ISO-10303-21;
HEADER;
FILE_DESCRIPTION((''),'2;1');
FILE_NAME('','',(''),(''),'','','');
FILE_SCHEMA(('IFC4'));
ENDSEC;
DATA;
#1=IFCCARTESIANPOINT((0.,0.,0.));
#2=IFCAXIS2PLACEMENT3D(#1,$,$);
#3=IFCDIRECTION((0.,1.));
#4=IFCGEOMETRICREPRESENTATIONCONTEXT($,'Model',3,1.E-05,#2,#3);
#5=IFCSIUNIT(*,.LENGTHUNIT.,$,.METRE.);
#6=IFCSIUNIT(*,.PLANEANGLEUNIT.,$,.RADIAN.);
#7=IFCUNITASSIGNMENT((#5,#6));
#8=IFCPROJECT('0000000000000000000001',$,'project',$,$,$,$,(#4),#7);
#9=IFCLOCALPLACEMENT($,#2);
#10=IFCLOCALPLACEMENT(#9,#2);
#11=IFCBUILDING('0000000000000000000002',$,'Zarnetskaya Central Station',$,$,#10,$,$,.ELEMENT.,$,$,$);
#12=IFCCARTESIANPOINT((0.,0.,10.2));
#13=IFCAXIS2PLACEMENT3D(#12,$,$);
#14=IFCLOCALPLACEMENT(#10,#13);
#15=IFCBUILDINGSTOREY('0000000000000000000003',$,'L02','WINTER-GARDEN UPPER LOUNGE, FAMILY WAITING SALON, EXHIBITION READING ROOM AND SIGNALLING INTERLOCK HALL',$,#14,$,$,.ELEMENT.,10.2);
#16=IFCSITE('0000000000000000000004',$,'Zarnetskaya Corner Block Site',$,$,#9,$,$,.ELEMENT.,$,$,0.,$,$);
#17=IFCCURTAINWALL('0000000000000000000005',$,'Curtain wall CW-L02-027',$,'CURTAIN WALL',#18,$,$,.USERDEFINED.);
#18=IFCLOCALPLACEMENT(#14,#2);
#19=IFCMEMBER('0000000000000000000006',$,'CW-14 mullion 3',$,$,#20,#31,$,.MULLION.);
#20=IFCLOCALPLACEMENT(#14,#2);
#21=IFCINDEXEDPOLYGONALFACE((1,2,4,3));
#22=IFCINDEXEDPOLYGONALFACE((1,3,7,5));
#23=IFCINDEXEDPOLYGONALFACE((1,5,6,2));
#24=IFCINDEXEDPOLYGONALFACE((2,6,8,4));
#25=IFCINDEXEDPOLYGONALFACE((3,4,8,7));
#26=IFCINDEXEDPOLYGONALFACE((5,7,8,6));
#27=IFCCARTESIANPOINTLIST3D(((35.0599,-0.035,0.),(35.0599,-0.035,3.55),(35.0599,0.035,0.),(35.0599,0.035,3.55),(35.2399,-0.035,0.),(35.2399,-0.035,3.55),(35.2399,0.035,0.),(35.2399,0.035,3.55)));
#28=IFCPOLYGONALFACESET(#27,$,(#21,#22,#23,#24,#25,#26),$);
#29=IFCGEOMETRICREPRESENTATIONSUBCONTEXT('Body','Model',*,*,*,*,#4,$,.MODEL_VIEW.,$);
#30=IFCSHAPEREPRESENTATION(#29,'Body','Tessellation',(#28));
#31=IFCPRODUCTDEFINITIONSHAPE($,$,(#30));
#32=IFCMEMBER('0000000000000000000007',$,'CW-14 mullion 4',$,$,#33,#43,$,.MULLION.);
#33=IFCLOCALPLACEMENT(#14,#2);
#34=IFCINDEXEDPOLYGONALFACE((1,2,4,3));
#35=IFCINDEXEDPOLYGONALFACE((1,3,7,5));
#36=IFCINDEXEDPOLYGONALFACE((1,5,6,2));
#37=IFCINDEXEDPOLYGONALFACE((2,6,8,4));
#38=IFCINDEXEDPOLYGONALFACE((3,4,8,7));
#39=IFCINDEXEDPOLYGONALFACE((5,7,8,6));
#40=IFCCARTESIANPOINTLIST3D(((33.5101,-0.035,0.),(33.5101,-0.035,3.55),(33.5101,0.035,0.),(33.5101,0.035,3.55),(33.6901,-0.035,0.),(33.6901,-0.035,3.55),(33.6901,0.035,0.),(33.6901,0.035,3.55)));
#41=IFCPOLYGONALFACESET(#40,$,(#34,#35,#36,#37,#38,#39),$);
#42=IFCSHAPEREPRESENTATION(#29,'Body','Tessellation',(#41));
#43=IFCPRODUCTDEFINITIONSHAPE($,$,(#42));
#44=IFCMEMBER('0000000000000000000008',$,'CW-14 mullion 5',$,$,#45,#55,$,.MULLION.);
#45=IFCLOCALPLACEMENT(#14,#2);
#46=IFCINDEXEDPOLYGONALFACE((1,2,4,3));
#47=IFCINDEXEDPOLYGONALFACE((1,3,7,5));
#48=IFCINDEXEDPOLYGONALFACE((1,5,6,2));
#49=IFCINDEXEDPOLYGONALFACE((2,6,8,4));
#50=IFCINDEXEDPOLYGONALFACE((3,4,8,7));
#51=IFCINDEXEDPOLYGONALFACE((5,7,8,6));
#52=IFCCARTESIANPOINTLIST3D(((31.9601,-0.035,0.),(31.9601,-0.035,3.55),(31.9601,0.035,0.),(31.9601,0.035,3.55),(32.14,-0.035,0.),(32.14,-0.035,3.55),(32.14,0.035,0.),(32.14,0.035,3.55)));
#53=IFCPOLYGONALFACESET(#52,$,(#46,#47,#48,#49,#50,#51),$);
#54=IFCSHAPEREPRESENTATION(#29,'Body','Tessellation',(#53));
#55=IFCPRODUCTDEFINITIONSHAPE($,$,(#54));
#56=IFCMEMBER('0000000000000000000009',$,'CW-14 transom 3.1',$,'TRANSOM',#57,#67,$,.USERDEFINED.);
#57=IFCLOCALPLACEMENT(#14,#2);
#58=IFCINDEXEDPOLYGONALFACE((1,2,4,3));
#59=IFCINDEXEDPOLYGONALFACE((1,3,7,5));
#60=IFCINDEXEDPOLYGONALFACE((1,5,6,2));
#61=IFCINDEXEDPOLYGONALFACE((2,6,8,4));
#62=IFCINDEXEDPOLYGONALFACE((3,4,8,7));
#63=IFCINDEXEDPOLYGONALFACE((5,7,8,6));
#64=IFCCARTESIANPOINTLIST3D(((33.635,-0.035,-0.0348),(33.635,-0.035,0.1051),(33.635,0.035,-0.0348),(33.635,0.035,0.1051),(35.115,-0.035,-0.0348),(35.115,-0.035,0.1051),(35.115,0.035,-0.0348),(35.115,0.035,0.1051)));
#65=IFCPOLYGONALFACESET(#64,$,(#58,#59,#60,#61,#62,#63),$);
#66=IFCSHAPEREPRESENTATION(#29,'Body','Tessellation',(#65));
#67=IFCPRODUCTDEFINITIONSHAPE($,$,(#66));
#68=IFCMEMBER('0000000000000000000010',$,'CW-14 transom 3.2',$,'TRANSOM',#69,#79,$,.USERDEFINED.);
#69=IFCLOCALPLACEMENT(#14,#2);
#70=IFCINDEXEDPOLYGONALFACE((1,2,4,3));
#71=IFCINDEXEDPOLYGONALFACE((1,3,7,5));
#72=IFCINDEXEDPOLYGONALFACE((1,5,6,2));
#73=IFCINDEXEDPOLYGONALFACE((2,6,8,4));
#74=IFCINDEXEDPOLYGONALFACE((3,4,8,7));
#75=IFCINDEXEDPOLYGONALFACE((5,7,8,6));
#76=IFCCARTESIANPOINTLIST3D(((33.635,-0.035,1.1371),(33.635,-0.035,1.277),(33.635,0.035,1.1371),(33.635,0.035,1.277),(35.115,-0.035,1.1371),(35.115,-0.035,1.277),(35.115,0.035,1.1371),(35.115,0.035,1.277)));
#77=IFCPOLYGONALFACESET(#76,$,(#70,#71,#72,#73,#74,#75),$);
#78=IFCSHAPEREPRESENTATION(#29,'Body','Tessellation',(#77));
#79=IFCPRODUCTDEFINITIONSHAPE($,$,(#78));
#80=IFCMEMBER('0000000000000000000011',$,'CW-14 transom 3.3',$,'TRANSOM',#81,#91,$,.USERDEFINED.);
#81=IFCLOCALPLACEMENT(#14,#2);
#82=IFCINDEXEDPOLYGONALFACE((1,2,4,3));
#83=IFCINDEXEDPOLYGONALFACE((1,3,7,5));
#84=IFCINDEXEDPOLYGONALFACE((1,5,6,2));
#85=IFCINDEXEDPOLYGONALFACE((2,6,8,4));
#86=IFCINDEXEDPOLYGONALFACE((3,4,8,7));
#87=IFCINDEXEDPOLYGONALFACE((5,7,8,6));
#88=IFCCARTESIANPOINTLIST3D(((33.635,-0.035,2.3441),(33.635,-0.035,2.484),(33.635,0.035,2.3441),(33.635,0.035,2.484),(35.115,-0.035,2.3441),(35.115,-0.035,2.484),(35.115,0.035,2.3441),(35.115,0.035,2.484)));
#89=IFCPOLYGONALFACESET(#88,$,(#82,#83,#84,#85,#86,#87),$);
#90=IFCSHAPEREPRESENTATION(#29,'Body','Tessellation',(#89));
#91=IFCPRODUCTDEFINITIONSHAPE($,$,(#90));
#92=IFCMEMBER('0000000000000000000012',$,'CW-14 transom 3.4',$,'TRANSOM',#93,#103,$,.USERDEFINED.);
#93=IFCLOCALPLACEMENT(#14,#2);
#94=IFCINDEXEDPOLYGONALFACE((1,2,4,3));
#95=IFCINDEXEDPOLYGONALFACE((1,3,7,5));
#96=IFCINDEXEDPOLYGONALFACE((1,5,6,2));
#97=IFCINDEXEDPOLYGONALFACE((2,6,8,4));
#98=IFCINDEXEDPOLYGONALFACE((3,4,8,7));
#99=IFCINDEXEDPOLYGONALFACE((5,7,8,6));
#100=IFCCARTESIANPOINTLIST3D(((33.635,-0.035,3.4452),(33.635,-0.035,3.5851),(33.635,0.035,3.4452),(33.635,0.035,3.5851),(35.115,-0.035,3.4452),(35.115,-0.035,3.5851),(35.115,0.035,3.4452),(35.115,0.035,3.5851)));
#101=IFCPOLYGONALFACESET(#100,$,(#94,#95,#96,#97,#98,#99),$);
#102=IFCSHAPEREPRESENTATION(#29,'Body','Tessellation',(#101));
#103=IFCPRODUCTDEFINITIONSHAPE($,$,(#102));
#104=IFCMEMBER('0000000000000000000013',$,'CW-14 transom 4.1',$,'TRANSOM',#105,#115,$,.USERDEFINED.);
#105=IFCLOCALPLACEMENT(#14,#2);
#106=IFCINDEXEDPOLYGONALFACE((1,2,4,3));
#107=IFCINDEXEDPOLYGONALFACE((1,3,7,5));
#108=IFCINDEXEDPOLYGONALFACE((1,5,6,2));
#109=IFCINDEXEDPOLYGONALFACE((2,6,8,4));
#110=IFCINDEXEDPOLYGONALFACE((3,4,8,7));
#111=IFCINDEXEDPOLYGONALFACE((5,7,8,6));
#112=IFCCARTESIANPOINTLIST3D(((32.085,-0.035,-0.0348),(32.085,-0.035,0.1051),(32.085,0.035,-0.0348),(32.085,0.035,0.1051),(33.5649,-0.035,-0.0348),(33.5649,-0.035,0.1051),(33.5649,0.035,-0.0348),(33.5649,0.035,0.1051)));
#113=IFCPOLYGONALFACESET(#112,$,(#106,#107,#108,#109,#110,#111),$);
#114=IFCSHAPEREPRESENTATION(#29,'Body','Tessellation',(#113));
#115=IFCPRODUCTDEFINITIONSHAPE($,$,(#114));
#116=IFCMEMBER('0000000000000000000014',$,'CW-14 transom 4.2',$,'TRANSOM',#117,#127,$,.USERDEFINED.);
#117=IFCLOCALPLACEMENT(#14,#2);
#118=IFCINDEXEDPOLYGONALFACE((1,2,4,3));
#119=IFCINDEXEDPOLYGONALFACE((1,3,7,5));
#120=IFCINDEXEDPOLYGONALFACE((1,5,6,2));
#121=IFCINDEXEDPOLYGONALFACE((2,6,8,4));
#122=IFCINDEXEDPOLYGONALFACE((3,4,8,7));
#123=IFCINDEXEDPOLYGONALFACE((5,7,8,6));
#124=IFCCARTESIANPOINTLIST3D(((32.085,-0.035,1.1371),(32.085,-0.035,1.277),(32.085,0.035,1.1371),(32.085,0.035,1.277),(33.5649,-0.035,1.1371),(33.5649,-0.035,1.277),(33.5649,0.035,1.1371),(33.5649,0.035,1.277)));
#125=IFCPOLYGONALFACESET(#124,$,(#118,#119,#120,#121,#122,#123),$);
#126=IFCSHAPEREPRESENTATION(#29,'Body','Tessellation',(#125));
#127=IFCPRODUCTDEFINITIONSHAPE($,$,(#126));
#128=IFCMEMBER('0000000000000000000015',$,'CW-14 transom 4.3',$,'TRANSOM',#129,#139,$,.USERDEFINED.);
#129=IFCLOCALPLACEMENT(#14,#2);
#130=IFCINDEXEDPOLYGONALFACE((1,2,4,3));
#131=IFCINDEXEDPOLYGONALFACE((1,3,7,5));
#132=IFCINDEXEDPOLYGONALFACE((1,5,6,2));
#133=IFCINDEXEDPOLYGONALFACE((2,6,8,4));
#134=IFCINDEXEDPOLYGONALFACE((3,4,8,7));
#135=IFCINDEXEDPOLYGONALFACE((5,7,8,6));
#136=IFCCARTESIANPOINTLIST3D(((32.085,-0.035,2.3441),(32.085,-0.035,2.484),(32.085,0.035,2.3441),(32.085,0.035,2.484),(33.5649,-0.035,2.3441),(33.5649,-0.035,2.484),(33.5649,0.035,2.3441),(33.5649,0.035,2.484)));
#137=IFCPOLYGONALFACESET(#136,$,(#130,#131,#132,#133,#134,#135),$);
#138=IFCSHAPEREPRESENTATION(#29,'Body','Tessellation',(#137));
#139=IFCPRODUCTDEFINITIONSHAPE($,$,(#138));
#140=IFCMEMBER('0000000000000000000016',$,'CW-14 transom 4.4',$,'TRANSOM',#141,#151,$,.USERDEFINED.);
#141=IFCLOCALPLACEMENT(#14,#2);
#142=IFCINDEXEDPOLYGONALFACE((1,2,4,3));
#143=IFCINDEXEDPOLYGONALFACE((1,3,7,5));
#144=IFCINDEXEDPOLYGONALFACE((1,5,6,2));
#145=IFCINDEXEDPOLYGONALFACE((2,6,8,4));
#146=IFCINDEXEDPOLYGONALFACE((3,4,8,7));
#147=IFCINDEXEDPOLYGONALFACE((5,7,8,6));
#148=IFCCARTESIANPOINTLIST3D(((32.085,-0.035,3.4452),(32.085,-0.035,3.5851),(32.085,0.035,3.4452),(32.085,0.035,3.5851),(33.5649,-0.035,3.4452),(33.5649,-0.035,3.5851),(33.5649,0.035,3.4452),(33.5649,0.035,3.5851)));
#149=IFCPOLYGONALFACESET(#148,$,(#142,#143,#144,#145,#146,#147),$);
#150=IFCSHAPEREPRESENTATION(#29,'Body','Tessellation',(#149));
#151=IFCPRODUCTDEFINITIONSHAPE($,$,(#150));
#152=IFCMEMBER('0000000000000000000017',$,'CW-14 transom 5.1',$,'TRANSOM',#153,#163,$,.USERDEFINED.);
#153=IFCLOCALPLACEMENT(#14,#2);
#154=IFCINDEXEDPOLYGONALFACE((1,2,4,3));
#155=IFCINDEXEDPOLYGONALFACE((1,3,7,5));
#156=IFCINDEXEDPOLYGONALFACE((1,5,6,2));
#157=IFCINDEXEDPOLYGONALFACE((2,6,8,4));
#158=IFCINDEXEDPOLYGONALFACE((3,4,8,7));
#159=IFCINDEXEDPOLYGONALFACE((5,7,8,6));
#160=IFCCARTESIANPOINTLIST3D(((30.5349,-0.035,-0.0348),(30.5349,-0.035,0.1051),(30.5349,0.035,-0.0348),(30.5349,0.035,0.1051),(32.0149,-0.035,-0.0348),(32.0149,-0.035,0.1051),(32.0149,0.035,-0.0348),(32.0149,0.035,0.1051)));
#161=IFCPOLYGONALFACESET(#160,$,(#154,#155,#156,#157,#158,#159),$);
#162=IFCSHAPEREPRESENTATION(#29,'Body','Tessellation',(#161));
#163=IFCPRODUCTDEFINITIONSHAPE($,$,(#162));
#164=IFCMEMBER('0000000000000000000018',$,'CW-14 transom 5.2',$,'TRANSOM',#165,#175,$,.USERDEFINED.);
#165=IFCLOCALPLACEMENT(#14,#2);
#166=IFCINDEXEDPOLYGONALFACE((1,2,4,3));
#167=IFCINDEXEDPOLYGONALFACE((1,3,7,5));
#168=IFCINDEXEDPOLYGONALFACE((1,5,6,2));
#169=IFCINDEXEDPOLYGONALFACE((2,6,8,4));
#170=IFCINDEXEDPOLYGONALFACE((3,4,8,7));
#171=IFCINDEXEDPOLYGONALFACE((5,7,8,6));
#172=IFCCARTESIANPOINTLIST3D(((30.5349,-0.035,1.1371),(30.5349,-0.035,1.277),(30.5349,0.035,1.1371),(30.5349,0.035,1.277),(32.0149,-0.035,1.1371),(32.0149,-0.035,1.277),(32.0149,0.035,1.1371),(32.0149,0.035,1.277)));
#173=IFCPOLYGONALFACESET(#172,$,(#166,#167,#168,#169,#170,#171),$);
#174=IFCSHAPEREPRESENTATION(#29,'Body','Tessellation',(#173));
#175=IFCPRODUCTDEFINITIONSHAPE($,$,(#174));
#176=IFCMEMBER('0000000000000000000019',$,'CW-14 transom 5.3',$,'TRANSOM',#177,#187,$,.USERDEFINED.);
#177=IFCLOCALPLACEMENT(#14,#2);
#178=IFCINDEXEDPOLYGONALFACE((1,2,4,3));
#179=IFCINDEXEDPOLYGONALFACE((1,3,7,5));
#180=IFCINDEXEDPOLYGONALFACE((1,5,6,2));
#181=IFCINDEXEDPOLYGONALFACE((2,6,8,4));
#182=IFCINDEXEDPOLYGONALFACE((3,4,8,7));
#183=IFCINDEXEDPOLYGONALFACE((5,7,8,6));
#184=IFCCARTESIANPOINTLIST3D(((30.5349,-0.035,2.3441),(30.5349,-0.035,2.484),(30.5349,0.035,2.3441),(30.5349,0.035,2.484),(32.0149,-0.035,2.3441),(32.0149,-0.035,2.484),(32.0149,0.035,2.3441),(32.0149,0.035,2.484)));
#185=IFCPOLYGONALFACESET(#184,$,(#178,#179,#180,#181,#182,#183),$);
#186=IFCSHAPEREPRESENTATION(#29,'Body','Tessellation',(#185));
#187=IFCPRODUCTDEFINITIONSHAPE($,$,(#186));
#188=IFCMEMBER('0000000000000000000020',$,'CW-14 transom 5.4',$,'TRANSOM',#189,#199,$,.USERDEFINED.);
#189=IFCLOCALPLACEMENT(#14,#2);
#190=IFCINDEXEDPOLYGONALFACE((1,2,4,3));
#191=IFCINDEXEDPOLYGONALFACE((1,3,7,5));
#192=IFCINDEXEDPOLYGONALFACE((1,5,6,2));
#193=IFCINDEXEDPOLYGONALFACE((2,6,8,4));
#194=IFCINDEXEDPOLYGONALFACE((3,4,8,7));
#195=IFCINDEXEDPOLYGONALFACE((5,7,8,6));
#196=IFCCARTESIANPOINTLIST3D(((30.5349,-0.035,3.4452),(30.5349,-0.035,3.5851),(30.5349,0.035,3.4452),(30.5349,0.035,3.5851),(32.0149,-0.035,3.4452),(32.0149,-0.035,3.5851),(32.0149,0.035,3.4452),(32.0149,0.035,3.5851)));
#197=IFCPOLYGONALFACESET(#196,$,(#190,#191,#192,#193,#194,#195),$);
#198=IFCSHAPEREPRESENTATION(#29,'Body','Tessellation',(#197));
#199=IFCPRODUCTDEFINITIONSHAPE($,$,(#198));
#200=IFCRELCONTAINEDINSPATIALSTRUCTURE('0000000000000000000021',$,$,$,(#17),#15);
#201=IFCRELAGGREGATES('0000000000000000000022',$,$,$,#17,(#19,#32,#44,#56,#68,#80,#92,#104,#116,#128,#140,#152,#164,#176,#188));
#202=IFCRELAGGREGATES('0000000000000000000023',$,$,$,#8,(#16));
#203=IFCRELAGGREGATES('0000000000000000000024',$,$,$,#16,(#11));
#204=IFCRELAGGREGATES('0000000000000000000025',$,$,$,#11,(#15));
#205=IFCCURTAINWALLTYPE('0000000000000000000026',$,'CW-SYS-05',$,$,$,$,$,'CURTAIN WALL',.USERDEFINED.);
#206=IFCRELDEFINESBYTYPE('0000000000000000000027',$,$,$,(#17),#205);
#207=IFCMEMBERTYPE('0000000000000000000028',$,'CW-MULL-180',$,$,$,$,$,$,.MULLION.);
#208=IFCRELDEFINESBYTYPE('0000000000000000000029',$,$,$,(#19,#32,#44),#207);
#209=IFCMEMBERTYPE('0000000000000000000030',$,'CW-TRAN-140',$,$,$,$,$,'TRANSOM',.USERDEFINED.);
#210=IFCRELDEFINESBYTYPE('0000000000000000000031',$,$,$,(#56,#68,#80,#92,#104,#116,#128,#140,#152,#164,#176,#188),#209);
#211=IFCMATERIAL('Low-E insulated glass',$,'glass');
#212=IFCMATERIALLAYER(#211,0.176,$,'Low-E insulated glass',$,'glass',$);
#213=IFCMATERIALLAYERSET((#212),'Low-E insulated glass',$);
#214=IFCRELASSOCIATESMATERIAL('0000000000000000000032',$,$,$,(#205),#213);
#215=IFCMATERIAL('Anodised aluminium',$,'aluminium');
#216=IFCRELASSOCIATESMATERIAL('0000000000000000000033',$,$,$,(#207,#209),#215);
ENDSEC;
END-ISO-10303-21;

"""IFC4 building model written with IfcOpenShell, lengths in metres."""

from ifc_helpers import new_model, si_unit, direction, frame, origin, origin_2d, place, context, subcontext, project, spatial, rectangle, extrude, material, layer, layer_set, material_profile, profile_set, type_object, element, aggregate, save


model = new_model("IFC4")

# Units and contexts
model_context = context("Model", 3, precision=1e-05, world=origin(), true_north=direction((0.0, 1.0)))
body_context = subcontext(model_context, "Body", "Model", "MODEL_VIEW")
ifc_project = project(units=[si_unit("LENGTHUNIT", "METRE"), si_unit("PLANEANGLEUNIT", "RADIAN")], contexts=[model_context])

# Site, building, storey
site_placement = place(None, origin())
site = spatial("IfcSite", under=ifc_project, at=site_placement, Name="Zarnetskaya Corner Block Site", CompositionType="ELEMENT", RefElevation=0.0)
building_placement = place(site_placement, origin())
building = spatial("IfcBuilding", under=site, at=building_placement, Name="Zarnetskaya Central Station", CompositionType="ELEMENT")
storey_placement = place(building_placement, frame((0.0, 0.0, 10.2)))
storey = spatial("IfcBuildingStorey", under=building, at=storey_placement, Name="L02", Description="WINTER-GARDEN UPPER LOUNGE, FAMILY WAITING SALON, EXHIBITION READING ROOM AND SIGNALLING INTERLOCK HALL", CompositionType="ELEMENT", Elevation=10.2)

# Curtain wall, members
ifc_material_1 = material(Name="Low-E insulated glass", Category="glass")
ifc_layer_1 = layer(ifc_material_1, 0.176, Name="Low-E insulated glass", Category="glass")
ifc_layer_set_1 = layer_set([ifc_layer_1], Name="Low-E insulated glass")
curtain_wall_type = type_object("IfcCurtainWallType", Name="CW-SYS-05", ElementType="CURTAIN WALL", PredefinedType="USERDEFINED", material=ifc_layer_set_1)
curtain_wall_placement = place(storey_placement, origin())
curtain_wall = element("IfcCurtainWall", 1, at=curtain_wall_placement, inside=storey, type_object=curtain_wall_type, Name="Curtain wall CW-L02-027", ObjectType="CURTAIN WALL", PredefinedType="USERDEFINED")
ifc_material_2 = material(Name="Anodised aluminium", Category="aluminium")
ifc_material_profile_1 = material_profile(ifc_material_2, rectangle(XDim=0.0701, YDim=0.1799, at=origin_2d()), Name="ALU MULL 70x180")
ifc_profile_set_1 = profile_set([ifc_material_profile_1], Name="Anodised aluminium")
member_type_1 = type_object("IfcMemberType", Name="CW-MULL-180", PredefinedType="MULLION", material=ifc_profile_set_1)
member_1_placement = place(storey_placement, frame((35.1499, 0.0, 0.0), z_axis=(0.0, 0.0, 1.0), x_axis=(0.0, -1.0, 0.0)))
member_1 = element("IfcMember", 2, at=member_1_placement, type_object=member_type_1, Name="CW-14 mullion 3", PredefinedType="MULLION", context=body_context, shape_type="SweptSolid", body=[
    extrude(rectangle(XDim=0.0701, YDim=0.1799, at=origin_2d()), origin(), (0.0, 0.0, 1.0), 3.55),
])
member_2_placement = place(storey_placement, frame((33.6001, 0.0, 0.0), z_axis=(0.0, 0.0, 1.0), x_axis=(0.0, -1.0, 0.0)))
member_2 = element("IfcMember", 3, at=member_2_placement, type_object=member_type_1, Name="CW-14 mullion 4", PredefinedType="MULLION", context=body_context, shape_type="SweptSolid", body=[
    extrude(rectangle(XDim=0.0701, YDim=0.1799, at=origin_2d()), origin(), (0.0, 0.0, 1.0), 3.55),
])
member_3_placement = place(storey_placement, frame((32.05, 0.0, 0.0), z_axis=(0.0, 0.0, 1.0), x_axis=(0.0, -1.0, 0.0)))
member_3 = element("IfcMember", 4, at=member_3_placement, type_object=member_type_1, Name="CW-14 mullion 5", PredefinedType="MULLION", context=body_context, shape_type="SweptSolid", body=[
    extrude(rectangle(XDim=0.0701, YDim=0.1799, at=origin_2d()), origin(), (0.0, 0.0, 1.0), 3.55),
])
ifc_material_profile_2 = material_profile(ifc_material_2, rectangle(XDim=0.0701, YDim=0.1399, at=origin_2d()), Name="ALU TRAN 70x140")
ifc_profile_set_2 = profile_set([ifc_material_profile_2], Name="Anodised aluminium")
member_type_2 = type_object("IfcMemberType", Name="CW-TRAN-140", ElementType="TRANSOM", PredefinedType="USERDEFINED", material=ifc_profile_set_2)
member_4_placement = place(storey_placement, frame((35.115, 0.0, 0.0352), z_axis=(-1.0, 0.0, 0.0), x_axis=(0.0, -1.0, 0.0)))
member_4 = element("IfcMember", 5, at=member_4_placement, type_object=member_type_2, Name="CW-14 transom 3.1", ObjectType="TRANSOM", PredefinedType="USERDEFINED", context=body_context, shape_type="SweptSolid", body=[
    extrude(rectangle(XDim=0.0701, YDim=0.1399, at=origin_2d()), origin(), (0.0, 0.0, 1.0), 1.48),
])
member_5_placement = place(storey_placement, frame((35.115, 0.0, 1.207), z_axis=(-1.0, 0.0, 0.0), x_axis=(0.0, -1.0, 0.0)))
member_5 = element("IfcMember", 6, at=member_5_placement, type_object=member_type_2, Name="CW-14 transom 3.2", ObjectType="TRANSOM", PredefinedType="USERDEFINED", context=body_context, shape_type="SweptSolid", body=[
    extrude(rectangle(XDim=0.0701, YDim=0.1399, at=origin_2d()), origin(), (0.0, 0.0, 1.0), 1.48),
])
member_6_placement = place(storey_placement, frame((35.115, 0.0, 2.4141), z_axis=(-1.0, 0.0, 0.0), x_axis=(0.0, -1.0, 0.0)))
member_6 = element("IfcMember", 7, at=member_6_placement, type_object=member_type_2, Name="CW-14 transom 3.3", ObjectType="TRANSOM", PredefinedType="USERDEFINED", context=body_context, shape_type="SweptSolid", body=[
    extrude(rectangle(XDim=0.0701, YDim=0.1399, at=origin_2d()), origin(), (0.0, 0.0, 1.0), 1.48),
])
member_7_placement = place(storey_placement, frame((35.115, 0.0, 3.5151), z_axis=(-1.0, 0.0, 0.0), x_axis=(0.0, -1.0, 0.0)))
member_7 = element("IfcMember", 8, at=member_7_placement, type_object=member_type_2, Name="CW-14 transom 3.4", ObjectType="TRANSOM", PredefinedType="USERDEFINED", context=body_context, shape_type="SweptSolid", body=[
    extrude(rectangle(XDim=0.0701, YDim=0.1399, at=origin_2d()), origin(), (0.0, 0.0, 1.0), 1.48),
])
member_8_placement = place(storey_placement, frame((33.5649, 0.0, 0.0352), z_axis=(-1.0, 0.0, 0.0), x_axis=(0.0, -1.0, 0.0)))
member_8 = element("IfcMember", 9, at=member_8_placement, type_object=member_type_2, Name="CW-14 transom 4.1", ObjectType="TRANSOM", PredefinedType="USERDEFINED", context=body_context, shape_type="SweptSolid", body=[
    extrude(rectangle(XDim=0.0701, YDim=0.1399, at=origin_2d()), origin(), (0.0, 0.0, 1.0), 1.48),
])
member_9_placement = place(storey_placement, frame((33.5649, 0.0, 1.207), z_axis=(-1.0, 0.0, 0.0), x_axis=(0.0, -1.0, 0.0)))
member_9 = element("IfcMember", 10, at=member_9_placement, type_object=member_type_2, Name="CW-14 transom 4.2", ObjectType="TRANSOM", PredefinedType="USERDEFINED", context=body_context, shape_type="SweptSolid", body=[
    extrude(rectangle(XDim=0.0701, YDim=0.1399, at=origin_2d()), origin(), (0.0, 0.0, 1.0), 1.48),
])
member_10_placement = place(storey_placement, frame((33.5649, 0.0, 2.4141), z_axis=(-1.0, 0.0, 0.0), x_axis=(0.0, -1.0, 0.0)))
member_10 = element("IfcMember", 11, at=member_10_placement, type_object=member_type_2, Name="CW-14 transom 4.3", ObjectType="TRANSOM", PredefinedType="USERDEFINED", context=body_context, shape_type="SweptSolid", body=[
    extrude(rectangle(XDim=0.0701, YDim=0.1399, at=origin_2d()), origin(), (0.0, 0.0, 1.0), 1.48),
])
member_11_placement = place(storey_placement, frame((33.5649, 0.0, 3.5151), z_axis=(-1.0, 0.0, 0.0), x_axis=(0.0, -1.0, 0.0)))
member_11 = element("IfcMember", 12, at=member_11_placement, type_object=member_type_2, Name="CW-14 transom 4.4", ObjectType="TRANSOM", PredefinedType="USERDEFINED", context=body_context, shape_type="SweptSolid", body=[
    extrude(rectangle(XDim=0.0701, YDim=0.1399, at=origin_2d()), origin(), (0.0, 0.0, 1.0), 1.48),
])
member_12_placement = place(storey_placement, frame((32.0149, 0.0, 0.0352), z_axis=(-1.0, 0.0, 0.0), x_axis=(0.0, -1.0, 0.0)))
member_12 = element("IfcMember", 13, at=member_12_placement, type_object=member_type_2, Name="CW-14 transom 5.1", ObjectType="TRANSOM", PredefinedType="USERDEFINED", context=body_context, shape_type="SweptSolid", body=[
    extrude(rectangle(XDim=0.0701, YDim=0.1399, at=origin_2d()), origin(), (0.0, 0.0, 1.0), 1.48),
])
member_13_placement = place(storey_placement, frame((32.0149, 0.0, 1.207), z_axis=(-1.0, 0.0, 0.0), x_axis=(0.0, -1.0, 0.0)))
member_13 = element("IfcMember", 14, at=member_13_placement, type_object=member_type_2, Name="CW-14 transom 5.2", ObjectType="TRANSOM", PredefinedType="USERDEFINED", context=body_context, shape_type="SweptSolid", body=[
    extrude(rectangle(XDim=0.0701, YDim=0.1399, at=origin_2d()), origin(), (0.0, 0.0, 1.0), 1.48),
])
member_14_placement = place(storey_placement, frame((32.0149, 0.0, 2.4141), z_axis=(-1.0, 0.0, 0.0), x_axis=(0.0, -1.0, 0.0)))
member_14 = element("IfcMember", 15, at=member_14_placement, type_object=member_type_2, Name="CW-14 transom 5.3", ObjectType="TRANSOM", PredefinedType="USERDEFINED", context=body_context, shape_type="SweptSolid", body=[
    extrude(rectangle(XDim=0.0701, YDim=0.1399, at=origin_2d()), origin(), (0.0, 0.0, 1.0), 1.48),
])
member_15_placement = place(storey_placement, frame((32.0149, 0.0, 3.5151), z_axis=(-1.0, 0.0, 0.0), x_axis=(0.0, -1.0, 0.0)))
member_15 = element("IfcMember", 16, at=member_15_placement, type_object=member_type_2, Name="CW-14 transom 5.4", ObjectType="TRANSOM", PredefinedType="USERDEFINED", context=body_context, shape_type="SweptSolid", body=[
    extrude(rectangle(XDim=0.0701, YDim=0.1399, at=origin_2d()), origin(), (0.0, 0.0, 1.0), 1.48),
])
aggregate(curtain_wall, [member_1, member_2, member_3, member_4, member_5, member_6, member_7, member_8, member_9, member_10, member_11, member_12, member_13, member_14, member_15])

save(model, "model.ifc")
